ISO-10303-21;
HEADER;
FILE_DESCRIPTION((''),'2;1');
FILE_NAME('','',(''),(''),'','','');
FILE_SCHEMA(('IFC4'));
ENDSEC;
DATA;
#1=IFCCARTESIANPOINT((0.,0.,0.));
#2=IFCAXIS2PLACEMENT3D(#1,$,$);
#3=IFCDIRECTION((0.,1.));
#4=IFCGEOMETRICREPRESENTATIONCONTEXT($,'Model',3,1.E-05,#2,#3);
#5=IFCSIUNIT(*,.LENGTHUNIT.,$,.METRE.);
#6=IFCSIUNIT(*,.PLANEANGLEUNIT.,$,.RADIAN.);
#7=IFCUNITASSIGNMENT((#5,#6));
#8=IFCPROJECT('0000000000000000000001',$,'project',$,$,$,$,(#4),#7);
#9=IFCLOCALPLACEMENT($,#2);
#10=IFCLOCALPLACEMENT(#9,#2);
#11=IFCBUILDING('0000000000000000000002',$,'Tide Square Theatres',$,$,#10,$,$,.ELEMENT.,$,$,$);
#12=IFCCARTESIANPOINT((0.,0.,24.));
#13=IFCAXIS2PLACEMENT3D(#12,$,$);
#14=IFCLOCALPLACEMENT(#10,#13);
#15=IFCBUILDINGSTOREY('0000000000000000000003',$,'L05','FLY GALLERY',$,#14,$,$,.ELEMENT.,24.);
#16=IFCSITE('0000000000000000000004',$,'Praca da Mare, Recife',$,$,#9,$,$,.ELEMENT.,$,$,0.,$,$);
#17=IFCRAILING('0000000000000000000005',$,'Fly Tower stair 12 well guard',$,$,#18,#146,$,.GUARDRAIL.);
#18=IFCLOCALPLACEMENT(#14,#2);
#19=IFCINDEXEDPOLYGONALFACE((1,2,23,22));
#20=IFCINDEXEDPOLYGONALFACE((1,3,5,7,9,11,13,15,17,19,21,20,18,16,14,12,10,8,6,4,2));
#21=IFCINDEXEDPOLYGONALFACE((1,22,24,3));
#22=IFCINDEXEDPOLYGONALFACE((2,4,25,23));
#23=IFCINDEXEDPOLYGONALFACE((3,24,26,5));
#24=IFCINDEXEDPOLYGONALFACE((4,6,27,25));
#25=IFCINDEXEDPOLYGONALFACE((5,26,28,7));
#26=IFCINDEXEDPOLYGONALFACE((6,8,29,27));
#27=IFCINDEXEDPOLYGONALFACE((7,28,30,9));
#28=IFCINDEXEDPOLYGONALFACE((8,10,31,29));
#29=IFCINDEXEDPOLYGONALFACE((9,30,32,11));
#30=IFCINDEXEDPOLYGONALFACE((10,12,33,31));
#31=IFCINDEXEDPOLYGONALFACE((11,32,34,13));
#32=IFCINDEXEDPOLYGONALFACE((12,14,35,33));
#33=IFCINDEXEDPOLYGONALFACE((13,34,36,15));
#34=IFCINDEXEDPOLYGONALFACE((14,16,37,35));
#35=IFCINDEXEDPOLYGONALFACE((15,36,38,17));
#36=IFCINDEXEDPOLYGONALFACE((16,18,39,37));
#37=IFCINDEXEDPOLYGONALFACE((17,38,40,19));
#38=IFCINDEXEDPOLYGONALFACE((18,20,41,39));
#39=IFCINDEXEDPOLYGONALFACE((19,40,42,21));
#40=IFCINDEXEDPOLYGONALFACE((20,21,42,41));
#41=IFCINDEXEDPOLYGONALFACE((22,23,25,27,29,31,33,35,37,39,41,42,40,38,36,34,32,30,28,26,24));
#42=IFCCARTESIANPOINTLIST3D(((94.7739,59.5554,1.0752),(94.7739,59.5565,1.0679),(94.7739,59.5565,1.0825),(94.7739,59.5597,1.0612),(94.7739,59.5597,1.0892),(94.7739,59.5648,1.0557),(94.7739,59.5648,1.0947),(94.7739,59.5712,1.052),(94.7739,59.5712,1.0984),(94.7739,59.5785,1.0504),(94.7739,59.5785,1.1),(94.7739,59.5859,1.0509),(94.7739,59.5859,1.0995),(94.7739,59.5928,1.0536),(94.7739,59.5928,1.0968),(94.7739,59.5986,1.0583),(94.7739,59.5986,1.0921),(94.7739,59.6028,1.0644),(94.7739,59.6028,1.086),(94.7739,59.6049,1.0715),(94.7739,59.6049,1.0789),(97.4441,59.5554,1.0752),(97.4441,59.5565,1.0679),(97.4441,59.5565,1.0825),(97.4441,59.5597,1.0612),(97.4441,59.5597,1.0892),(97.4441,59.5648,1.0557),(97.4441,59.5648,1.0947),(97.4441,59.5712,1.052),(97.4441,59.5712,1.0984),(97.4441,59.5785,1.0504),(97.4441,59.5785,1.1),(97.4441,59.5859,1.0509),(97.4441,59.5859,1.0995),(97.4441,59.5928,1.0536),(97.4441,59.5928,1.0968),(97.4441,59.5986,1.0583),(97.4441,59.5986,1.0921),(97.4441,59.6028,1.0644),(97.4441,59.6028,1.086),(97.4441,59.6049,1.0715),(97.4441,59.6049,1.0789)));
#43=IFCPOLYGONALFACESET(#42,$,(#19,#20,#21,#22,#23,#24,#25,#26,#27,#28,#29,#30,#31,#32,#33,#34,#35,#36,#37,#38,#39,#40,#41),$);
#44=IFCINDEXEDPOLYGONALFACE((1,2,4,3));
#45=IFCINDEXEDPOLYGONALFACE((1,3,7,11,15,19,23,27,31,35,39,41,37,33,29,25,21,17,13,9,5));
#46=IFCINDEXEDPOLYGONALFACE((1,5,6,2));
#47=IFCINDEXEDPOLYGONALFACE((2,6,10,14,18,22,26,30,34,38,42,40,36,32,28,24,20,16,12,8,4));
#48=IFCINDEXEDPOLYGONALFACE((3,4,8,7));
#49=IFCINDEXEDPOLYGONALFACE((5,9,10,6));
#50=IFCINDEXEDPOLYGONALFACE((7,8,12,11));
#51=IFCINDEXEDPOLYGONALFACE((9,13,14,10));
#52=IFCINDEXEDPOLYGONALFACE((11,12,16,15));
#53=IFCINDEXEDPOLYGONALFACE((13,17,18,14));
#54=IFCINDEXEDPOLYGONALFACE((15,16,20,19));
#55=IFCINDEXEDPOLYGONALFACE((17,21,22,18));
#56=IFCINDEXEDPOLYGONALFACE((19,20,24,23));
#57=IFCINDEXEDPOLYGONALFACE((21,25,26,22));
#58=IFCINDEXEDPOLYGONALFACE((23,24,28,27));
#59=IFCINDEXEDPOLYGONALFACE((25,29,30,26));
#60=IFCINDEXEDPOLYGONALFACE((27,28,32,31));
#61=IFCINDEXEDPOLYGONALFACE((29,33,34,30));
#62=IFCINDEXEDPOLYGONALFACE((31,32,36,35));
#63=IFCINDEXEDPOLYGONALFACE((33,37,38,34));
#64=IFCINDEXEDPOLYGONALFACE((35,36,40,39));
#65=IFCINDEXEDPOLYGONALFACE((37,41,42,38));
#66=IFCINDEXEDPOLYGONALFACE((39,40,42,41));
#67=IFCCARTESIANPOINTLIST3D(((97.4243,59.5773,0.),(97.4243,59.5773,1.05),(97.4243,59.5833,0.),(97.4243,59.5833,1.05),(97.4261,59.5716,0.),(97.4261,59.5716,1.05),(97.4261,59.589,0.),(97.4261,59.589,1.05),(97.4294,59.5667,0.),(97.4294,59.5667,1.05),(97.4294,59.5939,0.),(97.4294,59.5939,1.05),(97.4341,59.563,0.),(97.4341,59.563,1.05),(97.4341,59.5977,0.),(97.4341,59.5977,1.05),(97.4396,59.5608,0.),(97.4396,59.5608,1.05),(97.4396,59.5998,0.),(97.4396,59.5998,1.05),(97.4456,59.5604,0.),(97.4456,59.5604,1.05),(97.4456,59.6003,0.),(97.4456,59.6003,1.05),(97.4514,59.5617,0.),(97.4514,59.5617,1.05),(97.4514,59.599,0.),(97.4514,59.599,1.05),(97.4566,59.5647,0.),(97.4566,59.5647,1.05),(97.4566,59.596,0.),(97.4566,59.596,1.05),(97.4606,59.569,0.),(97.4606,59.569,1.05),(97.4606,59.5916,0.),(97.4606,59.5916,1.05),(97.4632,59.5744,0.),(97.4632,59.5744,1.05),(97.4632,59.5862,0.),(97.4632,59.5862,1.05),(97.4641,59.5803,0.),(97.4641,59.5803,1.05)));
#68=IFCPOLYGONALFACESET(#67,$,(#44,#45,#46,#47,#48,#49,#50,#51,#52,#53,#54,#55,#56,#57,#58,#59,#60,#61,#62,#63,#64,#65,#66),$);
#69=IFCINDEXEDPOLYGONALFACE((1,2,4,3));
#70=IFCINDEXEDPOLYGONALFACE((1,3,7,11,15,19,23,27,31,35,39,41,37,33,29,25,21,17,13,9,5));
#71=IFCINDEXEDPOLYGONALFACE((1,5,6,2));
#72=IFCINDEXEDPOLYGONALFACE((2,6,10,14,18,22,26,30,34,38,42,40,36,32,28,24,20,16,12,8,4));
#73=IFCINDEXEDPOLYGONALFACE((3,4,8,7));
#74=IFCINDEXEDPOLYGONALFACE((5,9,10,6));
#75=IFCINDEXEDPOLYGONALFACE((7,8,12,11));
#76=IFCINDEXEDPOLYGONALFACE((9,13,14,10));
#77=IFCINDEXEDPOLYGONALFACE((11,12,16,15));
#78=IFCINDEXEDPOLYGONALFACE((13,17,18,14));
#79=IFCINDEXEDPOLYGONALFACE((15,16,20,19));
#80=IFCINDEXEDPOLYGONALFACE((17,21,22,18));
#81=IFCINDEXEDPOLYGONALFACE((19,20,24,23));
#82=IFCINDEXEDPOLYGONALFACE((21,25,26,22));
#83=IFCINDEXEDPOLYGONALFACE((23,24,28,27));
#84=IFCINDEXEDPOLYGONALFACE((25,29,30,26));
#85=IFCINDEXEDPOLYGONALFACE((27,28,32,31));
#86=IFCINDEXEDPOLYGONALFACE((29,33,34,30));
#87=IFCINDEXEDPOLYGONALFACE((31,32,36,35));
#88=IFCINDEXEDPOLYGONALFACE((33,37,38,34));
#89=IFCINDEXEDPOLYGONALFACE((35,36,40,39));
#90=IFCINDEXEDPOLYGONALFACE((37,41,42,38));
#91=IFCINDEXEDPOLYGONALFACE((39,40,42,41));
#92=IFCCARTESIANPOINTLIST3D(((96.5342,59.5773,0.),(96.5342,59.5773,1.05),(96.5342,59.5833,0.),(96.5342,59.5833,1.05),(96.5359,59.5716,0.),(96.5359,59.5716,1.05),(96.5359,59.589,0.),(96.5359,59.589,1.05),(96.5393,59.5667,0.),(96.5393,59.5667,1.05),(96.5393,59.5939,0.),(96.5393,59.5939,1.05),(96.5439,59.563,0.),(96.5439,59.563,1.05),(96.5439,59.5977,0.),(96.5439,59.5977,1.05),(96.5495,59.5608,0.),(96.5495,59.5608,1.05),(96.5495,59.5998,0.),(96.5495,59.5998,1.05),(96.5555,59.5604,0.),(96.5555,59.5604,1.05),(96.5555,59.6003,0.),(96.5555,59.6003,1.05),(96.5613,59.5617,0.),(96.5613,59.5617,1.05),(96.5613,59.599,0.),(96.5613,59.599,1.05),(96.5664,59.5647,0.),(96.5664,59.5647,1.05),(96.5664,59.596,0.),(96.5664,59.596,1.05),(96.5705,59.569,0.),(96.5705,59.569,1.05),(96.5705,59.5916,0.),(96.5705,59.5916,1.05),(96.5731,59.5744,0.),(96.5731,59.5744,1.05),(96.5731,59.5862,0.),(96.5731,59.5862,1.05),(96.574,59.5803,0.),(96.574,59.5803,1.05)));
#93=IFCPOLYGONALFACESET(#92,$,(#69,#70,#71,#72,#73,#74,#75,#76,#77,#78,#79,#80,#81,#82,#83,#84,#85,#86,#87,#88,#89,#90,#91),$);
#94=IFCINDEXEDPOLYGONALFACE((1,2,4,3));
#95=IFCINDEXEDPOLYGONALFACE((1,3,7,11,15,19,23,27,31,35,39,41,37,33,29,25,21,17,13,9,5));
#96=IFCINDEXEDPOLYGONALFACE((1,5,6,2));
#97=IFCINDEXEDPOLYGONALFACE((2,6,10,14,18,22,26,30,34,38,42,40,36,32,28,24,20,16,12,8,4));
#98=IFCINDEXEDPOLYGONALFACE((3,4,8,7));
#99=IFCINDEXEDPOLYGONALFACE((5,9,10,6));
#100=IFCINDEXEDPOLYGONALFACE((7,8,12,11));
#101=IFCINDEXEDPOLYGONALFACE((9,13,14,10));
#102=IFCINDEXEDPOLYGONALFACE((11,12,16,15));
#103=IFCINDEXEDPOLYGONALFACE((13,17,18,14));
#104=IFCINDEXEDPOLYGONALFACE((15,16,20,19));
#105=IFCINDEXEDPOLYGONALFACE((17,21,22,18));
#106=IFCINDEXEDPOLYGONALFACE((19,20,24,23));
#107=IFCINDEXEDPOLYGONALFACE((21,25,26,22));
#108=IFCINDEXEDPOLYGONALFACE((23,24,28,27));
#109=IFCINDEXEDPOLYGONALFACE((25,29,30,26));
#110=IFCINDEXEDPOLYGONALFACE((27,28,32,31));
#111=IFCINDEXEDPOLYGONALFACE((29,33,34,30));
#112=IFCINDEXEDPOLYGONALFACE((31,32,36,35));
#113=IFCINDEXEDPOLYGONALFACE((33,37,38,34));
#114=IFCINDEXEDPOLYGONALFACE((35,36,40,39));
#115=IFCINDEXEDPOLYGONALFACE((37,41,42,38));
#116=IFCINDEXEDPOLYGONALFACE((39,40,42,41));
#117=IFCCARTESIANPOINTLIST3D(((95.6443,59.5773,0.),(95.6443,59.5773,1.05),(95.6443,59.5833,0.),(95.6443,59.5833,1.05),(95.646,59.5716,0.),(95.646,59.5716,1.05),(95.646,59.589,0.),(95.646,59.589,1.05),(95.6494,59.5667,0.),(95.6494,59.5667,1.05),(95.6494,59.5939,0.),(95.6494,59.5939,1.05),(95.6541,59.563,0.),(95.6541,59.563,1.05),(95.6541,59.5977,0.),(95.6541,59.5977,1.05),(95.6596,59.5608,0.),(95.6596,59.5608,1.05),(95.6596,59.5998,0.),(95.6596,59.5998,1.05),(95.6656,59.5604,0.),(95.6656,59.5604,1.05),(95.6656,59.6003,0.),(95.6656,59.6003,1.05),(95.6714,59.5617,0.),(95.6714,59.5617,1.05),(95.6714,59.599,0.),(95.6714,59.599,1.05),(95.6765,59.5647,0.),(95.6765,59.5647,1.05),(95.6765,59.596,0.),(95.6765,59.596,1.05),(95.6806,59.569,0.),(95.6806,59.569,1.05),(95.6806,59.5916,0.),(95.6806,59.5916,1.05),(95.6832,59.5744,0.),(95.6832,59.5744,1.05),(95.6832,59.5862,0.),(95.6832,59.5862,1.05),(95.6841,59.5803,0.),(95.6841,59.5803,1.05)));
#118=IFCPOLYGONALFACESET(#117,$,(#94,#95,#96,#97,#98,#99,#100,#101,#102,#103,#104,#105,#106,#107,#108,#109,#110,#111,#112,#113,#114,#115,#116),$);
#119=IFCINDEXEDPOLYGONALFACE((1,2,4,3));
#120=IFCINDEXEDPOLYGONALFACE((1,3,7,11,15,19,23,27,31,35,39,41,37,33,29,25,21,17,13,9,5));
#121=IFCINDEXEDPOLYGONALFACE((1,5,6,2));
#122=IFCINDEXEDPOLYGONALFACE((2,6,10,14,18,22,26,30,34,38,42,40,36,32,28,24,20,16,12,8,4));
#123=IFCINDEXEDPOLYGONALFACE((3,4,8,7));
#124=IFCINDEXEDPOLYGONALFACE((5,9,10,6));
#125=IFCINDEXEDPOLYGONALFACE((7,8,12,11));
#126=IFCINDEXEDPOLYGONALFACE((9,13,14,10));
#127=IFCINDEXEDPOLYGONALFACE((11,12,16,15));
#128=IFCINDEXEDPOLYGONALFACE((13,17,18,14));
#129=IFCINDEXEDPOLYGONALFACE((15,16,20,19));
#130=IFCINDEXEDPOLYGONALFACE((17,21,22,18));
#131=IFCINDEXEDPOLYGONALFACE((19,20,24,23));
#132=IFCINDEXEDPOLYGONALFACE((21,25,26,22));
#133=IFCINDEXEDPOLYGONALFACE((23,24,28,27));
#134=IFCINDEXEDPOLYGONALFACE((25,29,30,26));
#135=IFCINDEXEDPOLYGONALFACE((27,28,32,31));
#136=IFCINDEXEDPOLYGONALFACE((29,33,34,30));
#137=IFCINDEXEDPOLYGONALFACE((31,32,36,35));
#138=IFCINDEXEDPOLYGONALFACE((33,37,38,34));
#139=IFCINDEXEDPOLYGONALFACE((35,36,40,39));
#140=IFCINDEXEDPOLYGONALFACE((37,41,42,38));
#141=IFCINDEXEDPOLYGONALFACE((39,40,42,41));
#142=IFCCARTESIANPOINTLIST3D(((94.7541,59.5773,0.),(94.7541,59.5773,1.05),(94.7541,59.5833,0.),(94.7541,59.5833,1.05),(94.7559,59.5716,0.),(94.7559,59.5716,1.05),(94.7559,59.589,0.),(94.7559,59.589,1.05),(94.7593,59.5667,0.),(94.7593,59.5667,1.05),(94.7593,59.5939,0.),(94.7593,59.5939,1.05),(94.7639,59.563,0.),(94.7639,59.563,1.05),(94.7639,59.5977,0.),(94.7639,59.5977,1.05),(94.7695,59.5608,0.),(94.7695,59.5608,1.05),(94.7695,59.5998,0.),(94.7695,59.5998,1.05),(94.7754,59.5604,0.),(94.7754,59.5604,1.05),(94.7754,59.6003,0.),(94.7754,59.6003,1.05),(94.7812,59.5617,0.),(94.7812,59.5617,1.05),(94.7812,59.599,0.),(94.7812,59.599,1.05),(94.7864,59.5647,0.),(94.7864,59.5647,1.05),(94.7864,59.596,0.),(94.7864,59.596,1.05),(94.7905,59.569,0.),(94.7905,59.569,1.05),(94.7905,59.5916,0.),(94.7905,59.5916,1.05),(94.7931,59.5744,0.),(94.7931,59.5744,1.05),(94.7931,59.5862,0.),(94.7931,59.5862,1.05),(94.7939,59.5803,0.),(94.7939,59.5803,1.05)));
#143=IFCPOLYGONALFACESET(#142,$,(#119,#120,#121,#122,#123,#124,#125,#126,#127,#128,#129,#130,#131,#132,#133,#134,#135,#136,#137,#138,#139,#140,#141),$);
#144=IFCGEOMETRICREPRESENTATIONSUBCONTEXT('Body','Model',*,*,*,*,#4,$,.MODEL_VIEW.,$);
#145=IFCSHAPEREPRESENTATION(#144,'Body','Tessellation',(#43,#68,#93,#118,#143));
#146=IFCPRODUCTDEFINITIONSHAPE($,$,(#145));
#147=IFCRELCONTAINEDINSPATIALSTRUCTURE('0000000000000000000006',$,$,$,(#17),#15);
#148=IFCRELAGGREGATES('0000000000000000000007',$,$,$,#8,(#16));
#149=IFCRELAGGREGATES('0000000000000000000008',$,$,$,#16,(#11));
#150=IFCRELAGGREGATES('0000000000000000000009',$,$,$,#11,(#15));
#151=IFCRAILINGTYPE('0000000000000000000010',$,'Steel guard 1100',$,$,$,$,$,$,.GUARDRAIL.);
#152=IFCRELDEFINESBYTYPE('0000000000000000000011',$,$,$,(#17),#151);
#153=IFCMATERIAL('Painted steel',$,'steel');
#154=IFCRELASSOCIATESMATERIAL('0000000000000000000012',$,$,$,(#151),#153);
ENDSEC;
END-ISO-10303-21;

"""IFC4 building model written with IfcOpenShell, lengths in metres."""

from ifc_helpers import new_model, si_unit, direction, frame, origin, origin_2d, place, context, subcontext, project, spatial, circle, extrude, material, type_object, element, save


model = new_model("IFC4")

# Units and contexts
model_context = context("Model", 3, precision=1e-05, world=origin(), true_north=direction((0.0, 1.0)))
body_context = subcontext(model_context, "Body", "Model", "MODEL_VIEW")
ifc_project = project(units=[si_unit("LENGTHUNIT", "METRE"), si_unit("PLANEANGLEUNIT", "RADIAN")], contexts=[model_context])

# Site, building, storey
site_placement = place(None, origin())
site = spatial("IfcSite", under=ifc_project, at=site_placement, Name="Praca da Mare, Recife", CompositionType="ELEMENT", RefElevation=0.0)
building_placement = place(site_placement, origin())
building = spatial("IfcBuilding", under=site, at=building_placement, Name="Tide Square Theatres", CompositionType="ELEMENT")
storey_placement = place(building_placement, frame((0.0, 0.0, 24.0)))
storey = spatial("IfcBuildingStorey", under=building, at=storey_placement, Name="L05", Description="FLY GALLERY", CompositionType="ELEMENT", Elevation=24.0)

# Railing
ifc_material_1 = material(Name="Painted steel", Category="steel")
railing_type = type_object("IfcRailingType", Name="Steel guard 1100", PredefinedType="GUARDRAIL", material=ifc_material_1)
railing_1_placement = place(storey_placement, frame((97.4441, 59.5803, 0.0)))
element("IfcRailing", 1, at=railing_1_placement, inside=storey, type_object=railing_type, Name="Fly Tower stair 12 well guard", PredefinedType="GUARDRAIL", context=body_context, shape_type="SweptSolid", body=[
    extrude(circle(Radius=0.0249, at=origin_2d()), frame((0.0, 0.0, 1.0752), z_axis=(-1.0, 0.0, 0.0), x_axis=(0.0, -1.0, 0.0)), (0.0, 0.0, 1.0), 2.6702),
    extrude(circle(Radius=0.02, at=origin_2d()), origin(), (0.0, 0.0, 1.0), 1.05),
    extrude(circle(Radius=0.02, at=origin_2d()), frame((-0.8901, 0.0, 0.0)), (0.0, 0.0, 1.0), 1.05),
    extrude(circle(Radius=0.02, at=origin_2d()), frame((-1.78, 0.0, 0.0)), (0.0, 0.0, 1.0), 1.05),
    extrude(circle(Radius=0.02, at=origin_2d()), frame((-2.6702, 0.0, 0.0)), (0.0, 0.0, 1.0), 1.05),
])

save(model, "model.ifc")
